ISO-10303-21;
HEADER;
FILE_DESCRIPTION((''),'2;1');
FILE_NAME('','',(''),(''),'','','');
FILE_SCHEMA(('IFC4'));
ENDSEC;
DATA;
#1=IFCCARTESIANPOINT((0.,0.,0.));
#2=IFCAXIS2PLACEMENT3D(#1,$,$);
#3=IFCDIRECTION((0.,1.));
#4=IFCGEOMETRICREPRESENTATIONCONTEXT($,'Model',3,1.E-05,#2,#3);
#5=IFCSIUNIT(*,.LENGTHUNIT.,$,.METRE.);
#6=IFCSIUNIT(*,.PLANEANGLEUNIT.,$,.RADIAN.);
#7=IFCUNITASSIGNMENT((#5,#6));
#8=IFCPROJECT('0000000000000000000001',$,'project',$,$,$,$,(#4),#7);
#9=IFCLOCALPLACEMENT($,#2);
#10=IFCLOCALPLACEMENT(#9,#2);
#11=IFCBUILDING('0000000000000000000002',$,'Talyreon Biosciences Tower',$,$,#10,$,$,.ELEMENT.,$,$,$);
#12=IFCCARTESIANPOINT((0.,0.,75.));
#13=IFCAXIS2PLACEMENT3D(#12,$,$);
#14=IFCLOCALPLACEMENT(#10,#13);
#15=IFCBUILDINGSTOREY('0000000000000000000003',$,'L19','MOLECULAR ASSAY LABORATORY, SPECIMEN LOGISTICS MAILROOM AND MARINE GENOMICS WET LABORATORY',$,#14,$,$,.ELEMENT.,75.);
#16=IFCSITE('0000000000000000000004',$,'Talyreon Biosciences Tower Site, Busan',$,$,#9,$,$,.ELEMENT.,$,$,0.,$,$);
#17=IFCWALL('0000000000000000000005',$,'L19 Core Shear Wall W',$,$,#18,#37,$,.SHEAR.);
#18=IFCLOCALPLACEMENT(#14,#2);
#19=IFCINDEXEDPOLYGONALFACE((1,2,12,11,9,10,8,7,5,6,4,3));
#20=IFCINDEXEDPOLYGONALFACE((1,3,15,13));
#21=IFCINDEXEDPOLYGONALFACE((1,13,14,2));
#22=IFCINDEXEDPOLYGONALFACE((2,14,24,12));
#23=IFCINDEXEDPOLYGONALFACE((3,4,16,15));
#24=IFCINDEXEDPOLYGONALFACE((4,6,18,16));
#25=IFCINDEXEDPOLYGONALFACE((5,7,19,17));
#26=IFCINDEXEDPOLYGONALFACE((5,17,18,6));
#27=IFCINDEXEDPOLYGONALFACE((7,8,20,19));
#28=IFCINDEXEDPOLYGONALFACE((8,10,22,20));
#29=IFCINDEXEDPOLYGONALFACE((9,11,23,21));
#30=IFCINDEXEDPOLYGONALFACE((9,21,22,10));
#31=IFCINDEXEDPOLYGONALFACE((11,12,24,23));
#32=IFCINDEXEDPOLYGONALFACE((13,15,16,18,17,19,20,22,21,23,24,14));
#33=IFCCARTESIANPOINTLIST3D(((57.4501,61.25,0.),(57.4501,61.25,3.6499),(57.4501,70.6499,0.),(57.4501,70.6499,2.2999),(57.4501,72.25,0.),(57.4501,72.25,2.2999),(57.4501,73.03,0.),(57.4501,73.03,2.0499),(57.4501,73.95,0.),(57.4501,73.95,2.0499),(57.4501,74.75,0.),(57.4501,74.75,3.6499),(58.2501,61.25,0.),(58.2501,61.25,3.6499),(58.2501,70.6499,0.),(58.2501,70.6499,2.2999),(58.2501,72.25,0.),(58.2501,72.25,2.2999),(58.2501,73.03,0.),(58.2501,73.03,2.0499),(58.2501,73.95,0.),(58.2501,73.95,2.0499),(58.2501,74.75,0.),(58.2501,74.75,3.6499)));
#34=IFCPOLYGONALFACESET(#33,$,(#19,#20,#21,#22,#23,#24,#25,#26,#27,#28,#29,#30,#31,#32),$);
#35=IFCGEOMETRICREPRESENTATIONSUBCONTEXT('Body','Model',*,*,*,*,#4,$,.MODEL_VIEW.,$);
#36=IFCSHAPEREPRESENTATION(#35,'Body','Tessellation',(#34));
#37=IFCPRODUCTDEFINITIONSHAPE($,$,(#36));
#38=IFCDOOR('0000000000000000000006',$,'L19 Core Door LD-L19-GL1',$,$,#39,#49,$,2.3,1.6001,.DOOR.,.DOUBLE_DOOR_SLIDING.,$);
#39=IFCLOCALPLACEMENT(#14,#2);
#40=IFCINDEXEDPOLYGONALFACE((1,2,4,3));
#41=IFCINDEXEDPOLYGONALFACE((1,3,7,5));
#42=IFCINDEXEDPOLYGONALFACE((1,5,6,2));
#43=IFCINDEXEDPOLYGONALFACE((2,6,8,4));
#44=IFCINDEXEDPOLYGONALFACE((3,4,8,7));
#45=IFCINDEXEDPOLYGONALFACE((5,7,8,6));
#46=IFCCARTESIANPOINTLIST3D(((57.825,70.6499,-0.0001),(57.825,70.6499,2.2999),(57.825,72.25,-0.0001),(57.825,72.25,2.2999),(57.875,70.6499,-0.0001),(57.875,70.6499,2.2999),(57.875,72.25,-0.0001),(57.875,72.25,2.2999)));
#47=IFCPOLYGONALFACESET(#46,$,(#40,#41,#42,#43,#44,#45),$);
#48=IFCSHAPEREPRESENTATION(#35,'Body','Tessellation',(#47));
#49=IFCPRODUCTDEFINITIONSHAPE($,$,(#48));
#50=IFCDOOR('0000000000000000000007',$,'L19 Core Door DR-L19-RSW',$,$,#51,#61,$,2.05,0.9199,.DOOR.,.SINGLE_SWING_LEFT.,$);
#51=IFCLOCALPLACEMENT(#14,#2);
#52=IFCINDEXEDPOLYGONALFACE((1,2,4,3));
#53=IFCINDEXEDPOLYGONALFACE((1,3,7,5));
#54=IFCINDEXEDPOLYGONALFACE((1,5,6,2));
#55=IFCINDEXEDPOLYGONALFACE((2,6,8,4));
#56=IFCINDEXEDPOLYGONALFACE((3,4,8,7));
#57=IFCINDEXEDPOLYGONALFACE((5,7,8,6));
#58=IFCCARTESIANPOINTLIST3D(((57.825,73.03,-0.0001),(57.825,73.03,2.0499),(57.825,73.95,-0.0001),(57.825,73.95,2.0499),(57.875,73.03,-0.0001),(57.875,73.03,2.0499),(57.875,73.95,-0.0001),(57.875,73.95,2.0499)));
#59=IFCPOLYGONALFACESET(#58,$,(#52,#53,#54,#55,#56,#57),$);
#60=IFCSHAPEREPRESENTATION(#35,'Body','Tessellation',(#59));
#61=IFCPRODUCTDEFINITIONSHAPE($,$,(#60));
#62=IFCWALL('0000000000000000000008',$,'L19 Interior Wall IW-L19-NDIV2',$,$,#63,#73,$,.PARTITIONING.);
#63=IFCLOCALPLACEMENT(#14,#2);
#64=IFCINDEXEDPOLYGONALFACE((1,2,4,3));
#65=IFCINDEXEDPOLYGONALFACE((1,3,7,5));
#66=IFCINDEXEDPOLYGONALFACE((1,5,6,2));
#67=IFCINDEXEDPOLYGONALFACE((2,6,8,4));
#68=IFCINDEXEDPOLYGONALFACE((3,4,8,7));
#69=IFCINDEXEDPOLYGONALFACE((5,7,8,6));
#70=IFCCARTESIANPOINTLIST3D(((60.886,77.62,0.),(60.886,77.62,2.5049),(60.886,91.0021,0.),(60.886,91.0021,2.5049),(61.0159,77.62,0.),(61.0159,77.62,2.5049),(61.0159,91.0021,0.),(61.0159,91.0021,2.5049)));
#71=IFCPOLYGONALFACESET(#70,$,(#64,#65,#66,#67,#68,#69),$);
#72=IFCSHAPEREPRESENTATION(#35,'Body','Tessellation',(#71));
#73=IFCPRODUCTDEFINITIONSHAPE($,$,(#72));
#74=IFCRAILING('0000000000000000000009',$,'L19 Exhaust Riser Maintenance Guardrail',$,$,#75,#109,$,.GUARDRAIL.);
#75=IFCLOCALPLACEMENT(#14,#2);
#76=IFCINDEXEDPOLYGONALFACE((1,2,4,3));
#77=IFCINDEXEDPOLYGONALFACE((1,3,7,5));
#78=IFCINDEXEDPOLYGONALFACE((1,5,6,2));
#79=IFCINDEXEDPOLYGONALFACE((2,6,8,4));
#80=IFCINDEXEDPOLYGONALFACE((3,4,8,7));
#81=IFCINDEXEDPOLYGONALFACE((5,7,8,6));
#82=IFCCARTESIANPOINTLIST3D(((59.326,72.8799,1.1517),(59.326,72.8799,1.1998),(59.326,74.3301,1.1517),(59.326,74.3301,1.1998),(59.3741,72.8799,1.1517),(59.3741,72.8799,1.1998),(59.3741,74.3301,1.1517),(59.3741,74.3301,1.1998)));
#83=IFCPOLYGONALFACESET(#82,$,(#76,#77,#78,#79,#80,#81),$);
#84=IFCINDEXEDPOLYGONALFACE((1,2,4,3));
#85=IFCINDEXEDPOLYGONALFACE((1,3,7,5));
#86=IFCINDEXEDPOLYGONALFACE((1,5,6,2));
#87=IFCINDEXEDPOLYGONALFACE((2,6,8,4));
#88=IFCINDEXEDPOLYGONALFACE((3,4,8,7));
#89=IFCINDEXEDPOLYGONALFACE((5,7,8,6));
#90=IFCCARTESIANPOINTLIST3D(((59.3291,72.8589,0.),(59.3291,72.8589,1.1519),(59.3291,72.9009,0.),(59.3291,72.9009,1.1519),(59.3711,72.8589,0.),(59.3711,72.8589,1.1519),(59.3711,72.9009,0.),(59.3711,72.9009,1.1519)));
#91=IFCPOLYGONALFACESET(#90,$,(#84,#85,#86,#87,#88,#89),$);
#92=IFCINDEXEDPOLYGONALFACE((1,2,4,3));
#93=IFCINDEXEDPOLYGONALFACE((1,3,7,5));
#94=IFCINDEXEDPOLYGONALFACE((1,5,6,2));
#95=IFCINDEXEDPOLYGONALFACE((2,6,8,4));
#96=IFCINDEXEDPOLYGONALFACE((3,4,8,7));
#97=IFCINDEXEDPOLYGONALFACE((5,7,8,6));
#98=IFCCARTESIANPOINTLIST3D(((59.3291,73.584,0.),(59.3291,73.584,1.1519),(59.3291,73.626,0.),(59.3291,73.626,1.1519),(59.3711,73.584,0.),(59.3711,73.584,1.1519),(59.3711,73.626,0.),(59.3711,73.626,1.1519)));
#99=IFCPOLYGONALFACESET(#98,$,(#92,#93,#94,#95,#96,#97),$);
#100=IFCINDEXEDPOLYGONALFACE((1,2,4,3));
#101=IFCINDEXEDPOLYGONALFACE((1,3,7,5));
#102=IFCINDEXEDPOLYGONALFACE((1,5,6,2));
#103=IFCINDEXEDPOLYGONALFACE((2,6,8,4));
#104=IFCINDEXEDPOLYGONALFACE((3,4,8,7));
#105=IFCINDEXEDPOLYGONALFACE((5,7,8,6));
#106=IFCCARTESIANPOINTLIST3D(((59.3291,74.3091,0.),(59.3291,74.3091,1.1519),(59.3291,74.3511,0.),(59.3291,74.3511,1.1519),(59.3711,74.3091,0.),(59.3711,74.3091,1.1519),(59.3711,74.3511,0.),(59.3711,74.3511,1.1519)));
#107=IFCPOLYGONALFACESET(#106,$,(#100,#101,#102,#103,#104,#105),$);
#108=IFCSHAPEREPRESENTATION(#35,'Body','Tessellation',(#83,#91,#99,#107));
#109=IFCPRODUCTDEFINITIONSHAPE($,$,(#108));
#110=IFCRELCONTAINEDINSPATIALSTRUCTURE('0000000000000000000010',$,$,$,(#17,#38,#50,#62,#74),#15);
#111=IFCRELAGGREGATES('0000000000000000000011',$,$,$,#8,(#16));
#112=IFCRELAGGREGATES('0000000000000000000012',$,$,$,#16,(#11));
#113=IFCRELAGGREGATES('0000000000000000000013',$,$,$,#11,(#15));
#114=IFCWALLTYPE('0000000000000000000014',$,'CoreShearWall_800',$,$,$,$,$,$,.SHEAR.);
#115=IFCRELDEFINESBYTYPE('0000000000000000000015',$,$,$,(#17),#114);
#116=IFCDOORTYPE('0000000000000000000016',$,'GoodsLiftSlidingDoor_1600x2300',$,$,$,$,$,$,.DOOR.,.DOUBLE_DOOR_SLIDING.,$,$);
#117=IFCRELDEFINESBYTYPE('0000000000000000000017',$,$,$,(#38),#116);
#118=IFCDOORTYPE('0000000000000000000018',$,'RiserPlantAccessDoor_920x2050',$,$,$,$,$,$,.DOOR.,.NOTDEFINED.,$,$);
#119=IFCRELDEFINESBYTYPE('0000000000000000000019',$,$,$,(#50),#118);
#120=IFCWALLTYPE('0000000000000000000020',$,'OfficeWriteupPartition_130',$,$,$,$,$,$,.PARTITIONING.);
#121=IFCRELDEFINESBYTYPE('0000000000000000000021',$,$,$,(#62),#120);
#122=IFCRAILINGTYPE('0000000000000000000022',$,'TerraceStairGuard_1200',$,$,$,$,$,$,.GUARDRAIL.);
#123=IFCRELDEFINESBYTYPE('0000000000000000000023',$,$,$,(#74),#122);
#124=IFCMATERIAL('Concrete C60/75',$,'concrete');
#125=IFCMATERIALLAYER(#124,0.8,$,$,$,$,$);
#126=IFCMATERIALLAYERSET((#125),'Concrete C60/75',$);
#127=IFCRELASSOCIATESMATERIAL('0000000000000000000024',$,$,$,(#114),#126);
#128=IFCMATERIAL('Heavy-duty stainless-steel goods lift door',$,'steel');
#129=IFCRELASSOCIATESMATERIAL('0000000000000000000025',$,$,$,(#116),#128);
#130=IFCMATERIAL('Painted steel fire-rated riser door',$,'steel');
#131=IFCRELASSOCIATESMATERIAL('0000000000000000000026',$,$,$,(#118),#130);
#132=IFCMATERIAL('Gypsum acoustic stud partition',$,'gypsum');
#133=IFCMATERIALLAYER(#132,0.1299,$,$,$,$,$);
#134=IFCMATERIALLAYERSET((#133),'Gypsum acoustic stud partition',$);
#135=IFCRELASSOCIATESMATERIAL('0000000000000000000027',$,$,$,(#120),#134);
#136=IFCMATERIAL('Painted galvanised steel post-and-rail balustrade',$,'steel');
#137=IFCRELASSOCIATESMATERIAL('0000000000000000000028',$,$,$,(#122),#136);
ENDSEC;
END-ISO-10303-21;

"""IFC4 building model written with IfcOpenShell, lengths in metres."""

from ifc_helpers import new_model, si_unit, direction, frame, frame_2d, origin, origin_2d, place, context, subcontext, project, spatial, rectangle, extrude, material, layer, layer_set, type_object, element, fill, save


model = new_model("IFC4")

# Units and contexts
model_context = context("Model", 3, precision=1e-05, world=origin(), true_north=direction((0.0, 1.0)))
body_context = subcontext(model_context, "Body", "Model", "MODEL_VIEW")
ifc_project = project(units=[si_unit("LENGTHUNIT", "METRE"), si_unit("PLANEANGLEUNIT", "RADIAN")], contexts=[model_context])

# Site, building, storey
site_placement = place(None, origin())
site = spatial("IfcSite", under=ifc_project, at=site_placement, Name="Talyreon Biosciences Tower Site, Busan", CompositionType="ELEMENT", RefElevation=0.0)
building_placement = place(site_placement, origin())
building = spatial("IfcBuilding", under=site, at=building_placement, Name="Talyreon Biosciences Tower", CompositionType="ELEMENT")
storey_placement = place(building_placement, frame((0.0, 0.0, 75.0)))
storey = spatial("IfcBuildingStorey", under=building, at=storey_placement, Name="L19", Description="MOLECULAR ASSAY LABORATORY, SPECIMEN LOGISTICS MAILROOM AND MARINE GENOMICS WET LABORATORY", CompositionType="ELEMENT", Elevation=75.0)

# Shared definitions
ifc_material_1 = material(Name="Concrete C60/75", Category="concrete")

# Shared definitions
ifc_layer_1 = layer(ifc_material_1, 0.8)
ifc_layer_set_1 = layer_set([ifc_layer_1], Name="Concrete C60/75")
wall_type_1 = type_object("IfcWallType", Name="CoreShearWall_800", PredefinedType="SHEAR", material=ifc_layer_set_1)

# Wall, openings, doors
wall_1_placement = place(storey_placement, frame((57.8501, 74.75, 0.0), z_axis=(0.0, 0.0, 1.0), x_axis=(0.0, -1.0, 0.0)))
wall_1 = element("IfcWall", 1, at=wall_1_placement, inside=storey, type_object=wall_type_1, Name="L19 Core Shear Wall W", PredefinedType="SHEAR", context=body_context, shape_type="SweptSolid", body=[
    extrude(rectangle(XDim=13.5, YDim=0.8, at=frame_2d((6.75, 0.0))), origin(), (0.0, 0.0, 1.0), 3.6499),
])
opening_1_placement = place(wall_1_placement, frame((0.8, 0.0, 0.0)))
opening_1 = element("IfcOpeningElement", 2, at=opening_1_placement, cuts=wall_1, PredefinedType="OPENING", context=body_context, shape_type="SweptSolid", body=[
    extrude(rectangle(XDim=0.9199, YDim=2.05, at=frame_2d((0.46, 1.0249))), frame((0.0, 0.4099, 0.0), z_axis=(0.0, -1.0, 0.0), x_axis=(1.0, 0.0, 0.0)), (0.0, 0.0, 1.0), 0.8201),
])
opening_2_placement = place(wall_1_placement, frame((2.5, 0.0, 0.0)))
opening_2 = element("IfcOpeningElement", 3, at=opening_2_placement, cuts=wall_1, PredefinedType="OPENING", context=body_context, shape_type="SweptSolid", body=[
    extrude(rectangle(XDim=1.6001, YDim=2.3, at=frame_2d((0.8, 1.1499))), frame((0.0, 0.4099, 0.0), z_axis=(0.0, -1.0, 0.0), x_axis=(1.0, 0.0, 0.0)), (0.0, 0.0, 1.0), 0.8201),
])
ifc_material_2 = material(Name="Heavy-duty stainless-steel goods lift door", Category="steel")
door_type_1 = type_object("IfcDoorType", Name="GoodsLiftSlidingDoor_1600x2300", OperationType="DOUBLE_DOOR_SLIDING", PredefinedType="DOOR", material=ifc_material_2)
door_1_placement = place(opening_2_placement, origin())
door_1 = element("IfcDoor", 4, at=door_1_placement, inside=storey, type_object=door_type_1, Name="L19 Core Door LD-L19-GL1", OperationType="DOUBLE_DOOR_SLIDING", OverallHeight=2.3, OverallWidth=1.6001, PredefinedType="DOOR", context=body_context, shape_type="SweptSolid", body=[
    extrude(rectangle(XDim=1.6001, YDim=2.3, at=frame_2d((0.8, 1.1499))), frame((0.0, 0.0249, 0.0), z_axis=(0.0, -1.0, 0.0), x_axis=(1.0, 0.0, 0.0)), (0.0, 0.0, 1.0), 0.05),
])
fill(opening_2, door_1)
ifc_material_3 = material(Name="Painted steel fire-rated riser door", Category="steel")
door_type_2 = type_object("IfcDoorType", Name="RiserPlantAccessDoor_920x2050", OperationType="NOTDEFINED", PredefinedType="DOOR", material=ifc_material_3)
door_2_placement = place(opening_1_placement, origin())
door_2 = element("IfcDoor", 5, at=door_2_placement, inside=storey, type_object=door_type_2, Name="L19 Core Door DR-L19-RSW", OperationType="SINGLE_SWING_LEFT", OverallHeight=2.05, OverallWidth=0.9199, PredefinedType="DOOR", context=body_context, shape_type="SweptSolid", body=[
    extrude(rectangle(XDim=0.9199, YDim=2.05, at=frame_2d((0.46, 1.0249))), frame((0.0, 0.0249, 0.0), z_axis=(0.0, -1.0, 0.0), x_axis=(1.0, 0.0, 0.0)), (0.0, 0.0, 1.0), 0.05),
])
fill(opening_1, door_2)

# Wall
ifc_material_4 = material(Name="Gypsum acoustic stud partition", Category="gypsum")
ifc_layer_2 = layer(ifc_material_4, 0.1299)
ifc_layer_set_2 = layer_set([ifc_layer_2], Name="Gypsum acoustic stud partition")
wall_type_2 = type_object("IfcWallType", Name="OfficeWriteupPartition_130", PredefinedType="PARTITIONING", material=ifc_layer_set_2)
wall_2_placement = place(storey_placement, frame((60.9509, 77.6201, 0.0), z_axis=(0.0, 0.0, 1.0), x_axis=(0.0, 1.0, 0.0)))
element("IfcWall", 6, at=wall_2_placement, inside=storey, type_object=wall_type_2, Name="L19 Interior Wall IW-L19-NDIV2", PredefinedType="PARTITIONING", context=body_context, shape_type="SweptSolid", body=[
    extrude(rectangle(XDim=13.3821, YDim=0.1299, at=frame_2d((6.6909, 0.0))), origin(), (0.0, 0.0, 1.0), 2.5049),
])

# Railing
ifc_material_5 = material(Name="Painted galvanised steel post-and-rail balustrade", Category="steel")
railing_type = type_object("IfcRailingType", Name="TerraceStairGuard_1200", PredefinedType="GUARDRAIL", material=ifc_material_5)
railing_placement = place(storey_placement, frame((59.3501, 72.8799, 0.0)))
element("IfcRailing", 7, at=railing_placement, inside=storey, type_object=railing_type, Name="L19 Exhaust Riser Maintenance Guardrail", PredefinedType="GUARDRAIL", context=body_context, shape_type="SweptSolid", body=[
    extrude(rectangle(XDim=0.0481, YDim=0.0481, at=origin_2d()), frame((0.0, 0.0, 1.1758), z_axis=(0.0, 1.0, 0.0), x_axis=(-1.0, 0.0, 0.0)), (0.0, 0.0, 1.0), 1.4502),
    extrude(rectangle(XDim=0.042, YDim=0.042, at=origin_2d()), origin(), (0.0, 0.0, 1.0), 1.1519),
    extrude(rectangle(XDim=0.042, YDim=0.042, at=origin_2d()), frame((0.0, 0.7251, 0.0)), (0.0, 0.0, 1.0), 1.1519),
    extrude(rectangle(XDim=0.042, YDim=0.042, at=origin_2d()), frame((0.0, 1.4502, 0.0)), (0.0, 0.0, 1.0), 1.1519),
])

save(model, "model.ifc")
